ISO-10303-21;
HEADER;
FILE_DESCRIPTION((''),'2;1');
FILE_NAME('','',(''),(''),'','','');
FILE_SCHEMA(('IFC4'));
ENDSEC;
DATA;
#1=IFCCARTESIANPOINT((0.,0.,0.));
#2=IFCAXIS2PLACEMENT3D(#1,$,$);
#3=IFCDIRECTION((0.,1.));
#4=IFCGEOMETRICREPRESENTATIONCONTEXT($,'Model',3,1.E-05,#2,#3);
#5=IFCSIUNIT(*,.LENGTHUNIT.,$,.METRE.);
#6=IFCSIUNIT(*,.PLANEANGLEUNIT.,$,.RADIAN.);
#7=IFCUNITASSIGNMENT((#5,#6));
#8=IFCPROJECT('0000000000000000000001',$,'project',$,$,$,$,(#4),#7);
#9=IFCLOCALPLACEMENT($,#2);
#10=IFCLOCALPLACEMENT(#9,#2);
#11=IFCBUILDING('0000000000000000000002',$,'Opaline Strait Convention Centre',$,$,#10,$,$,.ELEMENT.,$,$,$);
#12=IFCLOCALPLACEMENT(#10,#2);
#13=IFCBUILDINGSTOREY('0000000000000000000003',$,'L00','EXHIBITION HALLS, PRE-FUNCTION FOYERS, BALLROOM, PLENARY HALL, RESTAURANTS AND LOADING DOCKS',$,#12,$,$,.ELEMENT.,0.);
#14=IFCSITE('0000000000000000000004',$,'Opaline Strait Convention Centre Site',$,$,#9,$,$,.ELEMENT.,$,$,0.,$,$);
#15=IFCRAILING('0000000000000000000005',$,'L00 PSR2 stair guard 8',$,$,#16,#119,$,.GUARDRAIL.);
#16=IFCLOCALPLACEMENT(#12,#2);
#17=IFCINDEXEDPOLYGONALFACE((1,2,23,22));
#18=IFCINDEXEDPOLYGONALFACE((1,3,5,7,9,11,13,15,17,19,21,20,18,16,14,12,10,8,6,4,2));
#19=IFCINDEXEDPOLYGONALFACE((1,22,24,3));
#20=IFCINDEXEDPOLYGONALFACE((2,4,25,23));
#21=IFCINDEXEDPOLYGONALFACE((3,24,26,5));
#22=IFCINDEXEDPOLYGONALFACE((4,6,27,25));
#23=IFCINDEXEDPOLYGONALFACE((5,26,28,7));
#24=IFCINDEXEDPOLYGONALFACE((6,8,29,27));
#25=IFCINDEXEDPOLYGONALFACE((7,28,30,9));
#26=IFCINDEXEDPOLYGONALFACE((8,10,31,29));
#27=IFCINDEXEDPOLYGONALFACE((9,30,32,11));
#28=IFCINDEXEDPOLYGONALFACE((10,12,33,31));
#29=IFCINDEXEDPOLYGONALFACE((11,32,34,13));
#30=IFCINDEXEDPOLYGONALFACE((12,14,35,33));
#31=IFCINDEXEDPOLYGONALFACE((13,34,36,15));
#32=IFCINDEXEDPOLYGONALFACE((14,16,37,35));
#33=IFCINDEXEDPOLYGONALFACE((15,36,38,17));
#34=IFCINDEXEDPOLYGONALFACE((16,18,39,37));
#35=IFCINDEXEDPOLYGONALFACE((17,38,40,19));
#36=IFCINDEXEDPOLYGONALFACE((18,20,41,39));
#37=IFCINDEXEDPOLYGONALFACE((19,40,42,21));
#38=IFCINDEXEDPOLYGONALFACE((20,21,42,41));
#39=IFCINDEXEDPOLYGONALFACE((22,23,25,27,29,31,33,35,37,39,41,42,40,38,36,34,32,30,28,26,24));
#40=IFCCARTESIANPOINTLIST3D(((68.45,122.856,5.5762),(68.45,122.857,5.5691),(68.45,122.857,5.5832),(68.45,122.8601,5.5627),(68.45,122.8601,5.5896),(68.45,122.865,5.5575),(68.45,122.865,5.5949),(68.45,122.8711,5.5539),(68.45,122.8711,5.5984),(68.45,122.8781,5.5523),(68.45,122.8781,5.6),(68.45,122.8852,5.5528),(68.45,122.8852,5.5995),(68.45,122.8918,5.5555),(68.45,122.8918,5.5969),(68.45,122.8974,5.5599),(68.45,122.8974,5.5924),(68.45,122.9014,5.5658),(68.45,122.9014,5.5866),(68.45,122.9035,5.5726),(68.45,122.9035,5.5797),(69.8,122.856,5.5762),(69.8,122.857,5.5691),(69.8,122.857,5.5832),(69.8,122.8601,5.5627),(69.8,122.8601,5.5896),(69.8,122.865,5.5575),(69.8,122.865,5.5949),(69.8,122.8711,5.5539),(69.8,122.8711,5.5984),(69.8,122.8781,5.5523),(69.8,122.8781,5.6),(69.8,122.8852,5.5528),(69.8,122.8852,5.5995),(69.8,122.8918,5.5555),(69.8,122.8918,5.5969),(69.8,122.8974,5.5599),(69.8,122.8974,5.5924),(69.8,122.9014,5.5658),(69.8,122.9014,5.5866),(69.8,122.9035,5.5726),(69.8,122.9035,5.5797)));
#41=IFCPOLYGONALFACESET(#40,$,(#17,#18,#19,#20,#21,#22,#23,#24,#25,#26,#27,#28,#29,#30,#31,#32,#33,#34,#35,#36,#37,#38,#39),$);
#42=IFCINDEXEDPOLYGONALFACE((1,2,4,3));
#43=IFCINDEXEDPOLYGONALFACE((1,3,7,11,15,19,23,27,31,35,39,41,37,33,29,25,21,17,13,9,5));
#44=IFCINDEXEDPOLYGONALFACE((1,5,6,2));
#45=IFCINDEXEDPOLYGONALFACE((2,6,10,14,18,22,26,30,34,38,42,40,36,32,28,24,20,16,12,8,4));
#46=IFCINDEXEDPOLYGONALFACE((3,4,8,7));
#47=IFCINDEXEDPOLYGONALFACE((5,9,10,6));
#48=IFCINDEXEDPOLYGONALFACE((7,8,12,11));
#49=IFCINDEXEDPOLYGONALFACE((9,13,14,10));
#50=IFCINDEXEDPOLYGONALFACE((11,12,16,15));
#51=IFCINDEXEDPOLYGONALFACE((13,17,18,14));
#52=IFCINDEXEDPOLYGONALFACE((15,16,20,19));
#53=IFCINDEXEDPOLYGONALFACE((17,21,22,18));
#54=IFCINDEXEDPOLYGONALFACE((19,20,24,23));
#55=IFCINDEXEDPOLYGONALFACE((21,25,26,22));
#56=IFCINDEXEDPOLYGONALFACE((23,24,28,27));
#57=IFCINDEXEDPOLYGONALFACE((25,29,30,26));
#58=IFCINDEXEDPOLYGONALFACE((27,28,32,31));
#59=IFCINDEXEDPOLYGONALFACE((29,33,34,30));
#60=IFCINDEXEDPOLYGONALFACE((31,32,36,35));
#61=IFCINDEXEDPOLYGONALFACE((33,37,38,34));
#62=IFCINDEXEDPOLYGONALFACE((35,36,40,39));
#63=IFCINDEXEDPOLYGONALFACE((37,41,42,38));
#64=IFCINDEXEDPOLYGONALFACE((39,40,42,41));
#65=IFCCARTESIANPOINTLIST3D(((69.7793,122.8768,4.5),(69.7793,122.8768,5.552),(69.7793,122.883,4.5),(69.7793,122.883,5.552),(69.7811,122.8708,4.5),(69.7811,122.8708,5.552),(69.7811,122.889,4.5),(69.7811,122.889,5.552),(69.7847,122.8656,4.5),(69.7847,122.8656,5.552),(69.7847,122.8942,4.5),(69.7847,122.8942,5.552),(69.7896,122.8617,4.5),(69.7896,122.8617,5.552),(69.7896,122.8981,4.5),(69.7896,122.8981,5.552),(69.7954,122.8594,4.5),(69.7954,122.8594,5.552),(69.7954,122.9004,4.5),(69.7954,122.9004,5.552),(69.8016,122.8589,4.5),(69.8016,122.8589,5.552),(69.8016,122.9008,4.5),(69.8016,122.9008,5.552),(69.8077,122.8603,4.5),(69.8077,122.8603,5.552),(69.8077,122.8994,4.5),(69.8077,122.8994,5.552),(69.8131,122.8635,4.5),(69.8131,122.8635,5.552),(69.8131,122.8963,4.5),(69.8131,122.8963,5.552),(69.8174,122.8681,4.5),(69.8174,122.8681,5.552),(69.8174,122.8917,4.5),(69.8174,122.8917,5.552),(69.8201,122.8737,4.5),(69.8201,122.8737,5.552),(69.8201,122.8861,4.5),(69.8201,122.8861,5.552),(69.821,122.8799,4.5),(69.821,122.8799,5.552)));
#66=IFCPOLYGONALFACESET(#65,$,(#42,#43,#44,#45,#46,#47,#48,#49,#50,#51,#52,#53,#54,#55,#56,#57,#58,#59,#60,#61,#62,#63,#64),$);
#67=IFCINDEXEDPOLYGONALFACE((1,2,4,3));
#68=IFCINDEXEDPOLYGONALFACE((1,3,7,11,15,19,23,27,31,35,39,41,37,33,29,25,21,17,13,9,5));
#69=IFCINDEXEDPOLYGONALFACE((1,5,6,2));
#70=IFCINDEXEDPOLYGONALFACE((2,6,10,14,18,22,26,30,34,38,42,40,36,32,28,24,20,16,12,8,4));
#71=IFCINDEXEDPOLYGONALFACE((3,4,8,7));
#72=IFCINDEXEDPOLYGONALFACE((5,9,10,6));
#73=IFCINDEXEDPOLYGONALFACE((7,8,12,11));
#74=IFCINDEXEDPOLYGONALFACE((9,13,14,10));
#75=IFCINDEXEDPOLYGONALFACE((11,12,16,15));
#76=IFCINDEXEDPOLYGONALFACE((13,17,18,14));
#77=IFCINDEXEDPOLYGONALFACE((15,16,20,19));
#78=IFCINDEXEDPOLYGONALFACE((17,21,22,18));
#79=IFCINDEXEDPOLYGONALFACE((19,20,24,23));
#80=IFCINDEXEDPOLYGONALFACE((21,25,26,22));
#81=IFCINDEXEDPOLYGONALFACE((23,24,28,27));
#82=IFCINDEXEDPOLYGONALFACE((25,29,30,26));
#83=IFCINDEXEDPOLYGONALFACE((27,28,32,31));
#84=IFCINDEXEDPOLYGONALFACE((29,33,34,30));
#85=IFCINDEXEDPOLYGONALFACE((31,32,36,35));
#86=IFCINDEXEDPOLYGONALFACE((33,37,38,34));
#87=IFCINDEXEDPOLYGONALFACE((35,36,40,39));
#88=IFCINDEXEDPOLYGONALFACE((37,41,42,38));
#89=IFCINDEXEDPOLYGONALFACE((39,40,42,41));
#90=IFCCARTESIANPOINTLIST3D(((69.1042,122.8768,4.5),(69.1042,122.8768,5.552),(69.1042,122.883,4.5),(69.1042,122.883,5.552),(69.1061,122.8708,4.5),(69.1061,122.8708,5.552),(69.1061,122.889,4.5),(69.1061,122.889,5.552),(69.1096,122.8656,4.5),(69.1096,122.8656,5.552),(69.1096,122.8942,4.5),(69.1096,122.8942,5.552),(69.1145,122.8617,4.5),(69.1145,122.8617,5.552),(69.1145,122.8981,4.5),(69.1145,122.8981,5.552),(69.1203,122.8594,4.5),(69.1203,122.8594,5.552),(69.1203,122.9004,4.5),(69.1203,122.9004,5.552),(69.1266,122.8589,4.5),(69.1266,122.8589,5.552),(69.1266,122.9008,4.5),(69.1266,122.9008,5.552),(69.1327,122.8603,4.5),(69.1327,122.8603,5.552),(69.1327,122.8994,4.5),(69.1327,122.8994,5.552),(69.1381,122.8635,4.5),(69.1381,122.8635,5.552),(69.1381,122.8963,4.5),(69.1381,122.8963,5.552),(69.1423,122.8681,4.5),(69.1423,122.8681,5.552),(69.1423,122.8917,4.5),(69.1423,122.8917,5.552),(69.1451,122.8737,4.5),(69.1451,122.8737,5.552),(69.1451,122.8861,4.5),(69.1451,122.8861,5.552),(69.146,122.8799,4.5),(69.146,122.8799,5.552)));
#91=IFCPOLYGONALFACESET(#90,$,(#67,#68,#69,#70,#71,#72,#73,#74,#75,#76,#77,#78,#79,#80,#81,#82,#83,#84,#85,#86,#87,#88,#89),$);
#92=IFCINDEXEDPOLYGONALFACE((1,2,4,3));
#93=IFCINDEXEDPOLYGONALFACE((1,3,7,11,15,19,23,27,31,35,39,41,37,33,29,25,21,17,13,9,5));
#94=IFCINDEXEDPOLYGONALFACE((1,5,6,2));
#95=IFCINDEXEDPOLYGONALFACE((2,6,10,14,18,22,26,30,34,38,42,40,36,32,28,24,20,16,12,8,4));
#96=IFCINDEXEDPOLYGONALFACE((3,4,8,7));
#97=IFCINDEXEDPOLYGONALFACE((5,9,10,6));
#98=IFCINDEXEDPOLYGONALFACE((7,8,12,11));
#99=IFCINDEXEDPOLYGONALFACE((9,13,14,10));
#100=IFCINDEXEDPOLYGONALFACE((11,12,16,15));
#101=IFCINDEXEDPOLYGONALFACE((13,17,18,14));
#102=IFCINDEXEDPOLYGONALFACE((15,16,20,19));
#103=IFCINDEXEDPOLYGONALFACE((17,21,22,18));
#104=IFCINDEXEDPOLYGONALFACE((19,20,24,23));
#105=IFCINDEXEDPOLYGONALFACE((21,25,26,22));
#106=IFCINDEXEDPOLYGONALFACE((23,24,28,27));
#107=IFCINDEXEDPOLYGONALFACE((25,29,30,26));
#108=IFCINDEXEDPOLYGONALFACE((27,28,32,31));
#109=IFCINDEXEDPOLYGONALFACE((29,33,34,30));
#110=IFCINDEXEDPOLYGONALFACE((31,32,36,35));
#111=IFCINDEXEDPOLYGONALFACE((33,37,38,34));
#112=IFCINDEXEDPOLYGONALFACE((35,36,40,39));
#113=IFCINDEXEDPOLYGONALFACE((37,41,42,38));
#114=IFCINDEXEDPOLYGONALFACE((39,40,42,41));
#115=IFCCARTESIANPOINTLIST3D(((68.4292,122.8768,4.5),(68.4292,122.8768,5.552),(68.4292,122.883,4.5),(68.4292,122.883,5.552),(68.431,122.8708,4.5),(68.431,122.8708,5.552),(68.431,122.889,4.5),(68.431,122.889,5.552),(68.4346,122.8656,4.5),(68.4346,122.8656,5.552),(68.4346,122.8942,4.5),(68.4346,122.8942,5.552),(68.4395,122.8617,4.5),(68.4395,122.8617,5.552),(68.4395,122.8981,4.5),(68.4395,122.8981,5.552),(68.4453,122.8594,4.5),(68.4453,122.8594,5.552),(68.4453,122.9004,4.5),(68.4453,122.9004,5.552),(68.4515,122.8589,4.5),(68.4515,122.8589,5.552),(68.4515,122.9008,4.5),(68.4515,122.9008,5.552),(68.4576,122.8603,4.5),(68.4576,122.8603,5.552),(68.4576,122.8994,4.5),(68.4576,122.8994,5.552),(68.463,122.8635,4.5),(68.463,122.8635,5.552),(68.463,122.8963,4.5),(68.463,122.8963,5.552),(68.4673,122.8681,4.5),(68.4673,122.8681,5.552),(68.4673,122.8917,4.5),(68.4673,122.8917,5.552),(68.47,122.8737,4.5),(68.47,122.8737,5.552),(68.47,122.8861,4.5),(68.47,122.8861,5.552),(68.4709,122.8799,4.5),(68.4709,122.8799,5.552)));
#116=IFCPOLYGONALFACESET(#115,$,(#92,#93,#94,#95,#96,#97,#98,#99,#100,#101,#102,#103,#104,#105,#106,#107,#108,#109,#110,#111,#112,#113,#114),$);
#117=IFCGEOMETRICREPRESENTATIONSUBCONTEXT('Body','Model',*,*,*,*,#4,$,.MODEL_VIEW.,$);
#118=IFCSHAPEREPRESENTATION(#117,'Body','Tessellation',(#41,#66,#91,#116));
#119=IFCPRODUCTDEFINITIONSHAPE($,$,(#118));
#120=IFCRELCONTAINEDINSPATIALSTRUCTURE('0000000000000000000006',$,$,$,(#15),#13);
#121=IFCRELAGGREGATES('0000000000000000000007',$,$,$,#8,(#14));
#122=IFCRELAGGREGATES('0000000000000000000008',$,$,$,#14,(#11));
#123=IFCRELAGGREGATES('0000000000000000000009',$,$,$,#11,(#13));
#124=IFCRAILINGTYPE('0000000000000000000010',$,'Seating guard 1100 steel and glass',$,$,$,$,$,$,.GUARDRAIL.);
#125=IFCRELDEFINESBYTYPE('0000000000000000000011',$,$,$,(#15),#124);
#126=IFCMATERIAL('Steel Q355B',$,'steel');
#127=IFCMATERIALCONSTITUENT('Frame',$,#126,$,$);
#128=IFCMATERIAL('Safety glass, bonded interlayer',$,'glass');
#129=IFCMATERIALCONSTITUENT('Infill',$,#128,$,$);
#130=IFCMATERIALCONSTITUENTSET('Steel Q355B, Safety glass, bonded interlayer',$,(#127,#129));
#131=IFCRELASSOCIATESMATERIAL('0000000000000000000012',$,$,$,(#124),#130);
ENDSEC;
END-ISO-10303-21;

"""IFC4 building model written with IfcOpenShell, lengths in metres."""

from ifc_helpers import new_model, si_unit, direction, frame, origin, origin_2d, place, context, subcontext, project, spatial, circle, extrude, material, constituent, constituent_set, type_object, element, save


model = new_model("IFC4")

# Units and contexts
model_context = context("Model", 3, precision=1e-05, world=origin(), true_north=direction((0.0, 1.0)))
body_context = subcontext(model_context, "Body", "Model", "MODEL_VIEW")
ifc_project = project(units=[si_unit("LENGTHUNIT", "METRE"), si_unit("PLANEANGLEUNIT", "RADIAN")], contexts=[model_context])

# Site, building, storey
site_placement = place(None, origin())
site = spatial("IfcSite", under=ifc_project, at=site_placement, Name="Opaline Strait Convention Centre Site", CompositionType="ELEMENT", RefElevation=0.0)
building_placement = place(site_placement, origin())
building = spatial("IfcBuilding", under=site, at=building_placement, Name="Opaline Strait Convention Centre", CompositionType="ELEMENT")
storey_placement = place(building_placement, origin())
storey = spatial("IfcBuildingStorey", under=building, at=storey_placement, Name="L00", Description="EXHIBITION HALLS, PRE-FUNCTION FOYERS, BALLROOM, PLENARY HALL, RESTAURANTS AND LOADING DOCKS", CompositionType="ELEMENT", Elevation=0.0)

# Railing
ifc_material_1 = material(Name="Steel Q355B", Category="steel")
ifc_constituent_1 = constituent(ifc_material_1, Name="Frame")
ifc_material_2 = material(Name="Safety glass, bonded interlayer", Category="glass")
ifc_constituent_2 = constituent(ifc_material_2, Name="Infill")
ifc_constituent_set = constituent_set(constituents=[ifc_constituent_1, ifc_constituent_2], Name="Steel Q355B, Safety glass, bonded interlayer")
railing_type_1 = type_object("IfcRailingType", Name="Seating guard 1100 steel and glass", PredefinedType="GUARDRAIL", material=ifc_constituent_set)
railing_1_placement = place(storey_placement, frame((69.8, 122.8799, 4.5)))
element("IfcRailing", 1, at=railing_1_placement, inside=storey, type_object=railing_type_1, Name="L00 PSR2 stair guard 8", PredefinedType="GUARDRAIL", context=body_context, shape_type="SweptSolid", body=[
    extrude(circle(Radius=0.0239, at=origin_2d()), frame((0.0, 0.0, 1.0762), z_axis=(-1.0, 0.0, 0.0), x_axis=(0.0, -1.0, 0.0)), (0.0, 0.0, 1.0), 1.3501),
    extrude(circle(Radius=0.021, at=origin_2d()), origin(), (0.0, 0.0, 1.0), 1.052),
    extrude(circle(Radius=0.021, at=origin_2d()), frame((-0.675, 0.0, 0.0)), (0.0, 0.0, 1.0), 1.052),
    extrude(circle(Radius=0.021, at=origin_2d()), frame((-1.3501, 0.0, 0.0)), (0.0, 0.0, 1.0), 1.052),
])

save(model, "model.ifc")
